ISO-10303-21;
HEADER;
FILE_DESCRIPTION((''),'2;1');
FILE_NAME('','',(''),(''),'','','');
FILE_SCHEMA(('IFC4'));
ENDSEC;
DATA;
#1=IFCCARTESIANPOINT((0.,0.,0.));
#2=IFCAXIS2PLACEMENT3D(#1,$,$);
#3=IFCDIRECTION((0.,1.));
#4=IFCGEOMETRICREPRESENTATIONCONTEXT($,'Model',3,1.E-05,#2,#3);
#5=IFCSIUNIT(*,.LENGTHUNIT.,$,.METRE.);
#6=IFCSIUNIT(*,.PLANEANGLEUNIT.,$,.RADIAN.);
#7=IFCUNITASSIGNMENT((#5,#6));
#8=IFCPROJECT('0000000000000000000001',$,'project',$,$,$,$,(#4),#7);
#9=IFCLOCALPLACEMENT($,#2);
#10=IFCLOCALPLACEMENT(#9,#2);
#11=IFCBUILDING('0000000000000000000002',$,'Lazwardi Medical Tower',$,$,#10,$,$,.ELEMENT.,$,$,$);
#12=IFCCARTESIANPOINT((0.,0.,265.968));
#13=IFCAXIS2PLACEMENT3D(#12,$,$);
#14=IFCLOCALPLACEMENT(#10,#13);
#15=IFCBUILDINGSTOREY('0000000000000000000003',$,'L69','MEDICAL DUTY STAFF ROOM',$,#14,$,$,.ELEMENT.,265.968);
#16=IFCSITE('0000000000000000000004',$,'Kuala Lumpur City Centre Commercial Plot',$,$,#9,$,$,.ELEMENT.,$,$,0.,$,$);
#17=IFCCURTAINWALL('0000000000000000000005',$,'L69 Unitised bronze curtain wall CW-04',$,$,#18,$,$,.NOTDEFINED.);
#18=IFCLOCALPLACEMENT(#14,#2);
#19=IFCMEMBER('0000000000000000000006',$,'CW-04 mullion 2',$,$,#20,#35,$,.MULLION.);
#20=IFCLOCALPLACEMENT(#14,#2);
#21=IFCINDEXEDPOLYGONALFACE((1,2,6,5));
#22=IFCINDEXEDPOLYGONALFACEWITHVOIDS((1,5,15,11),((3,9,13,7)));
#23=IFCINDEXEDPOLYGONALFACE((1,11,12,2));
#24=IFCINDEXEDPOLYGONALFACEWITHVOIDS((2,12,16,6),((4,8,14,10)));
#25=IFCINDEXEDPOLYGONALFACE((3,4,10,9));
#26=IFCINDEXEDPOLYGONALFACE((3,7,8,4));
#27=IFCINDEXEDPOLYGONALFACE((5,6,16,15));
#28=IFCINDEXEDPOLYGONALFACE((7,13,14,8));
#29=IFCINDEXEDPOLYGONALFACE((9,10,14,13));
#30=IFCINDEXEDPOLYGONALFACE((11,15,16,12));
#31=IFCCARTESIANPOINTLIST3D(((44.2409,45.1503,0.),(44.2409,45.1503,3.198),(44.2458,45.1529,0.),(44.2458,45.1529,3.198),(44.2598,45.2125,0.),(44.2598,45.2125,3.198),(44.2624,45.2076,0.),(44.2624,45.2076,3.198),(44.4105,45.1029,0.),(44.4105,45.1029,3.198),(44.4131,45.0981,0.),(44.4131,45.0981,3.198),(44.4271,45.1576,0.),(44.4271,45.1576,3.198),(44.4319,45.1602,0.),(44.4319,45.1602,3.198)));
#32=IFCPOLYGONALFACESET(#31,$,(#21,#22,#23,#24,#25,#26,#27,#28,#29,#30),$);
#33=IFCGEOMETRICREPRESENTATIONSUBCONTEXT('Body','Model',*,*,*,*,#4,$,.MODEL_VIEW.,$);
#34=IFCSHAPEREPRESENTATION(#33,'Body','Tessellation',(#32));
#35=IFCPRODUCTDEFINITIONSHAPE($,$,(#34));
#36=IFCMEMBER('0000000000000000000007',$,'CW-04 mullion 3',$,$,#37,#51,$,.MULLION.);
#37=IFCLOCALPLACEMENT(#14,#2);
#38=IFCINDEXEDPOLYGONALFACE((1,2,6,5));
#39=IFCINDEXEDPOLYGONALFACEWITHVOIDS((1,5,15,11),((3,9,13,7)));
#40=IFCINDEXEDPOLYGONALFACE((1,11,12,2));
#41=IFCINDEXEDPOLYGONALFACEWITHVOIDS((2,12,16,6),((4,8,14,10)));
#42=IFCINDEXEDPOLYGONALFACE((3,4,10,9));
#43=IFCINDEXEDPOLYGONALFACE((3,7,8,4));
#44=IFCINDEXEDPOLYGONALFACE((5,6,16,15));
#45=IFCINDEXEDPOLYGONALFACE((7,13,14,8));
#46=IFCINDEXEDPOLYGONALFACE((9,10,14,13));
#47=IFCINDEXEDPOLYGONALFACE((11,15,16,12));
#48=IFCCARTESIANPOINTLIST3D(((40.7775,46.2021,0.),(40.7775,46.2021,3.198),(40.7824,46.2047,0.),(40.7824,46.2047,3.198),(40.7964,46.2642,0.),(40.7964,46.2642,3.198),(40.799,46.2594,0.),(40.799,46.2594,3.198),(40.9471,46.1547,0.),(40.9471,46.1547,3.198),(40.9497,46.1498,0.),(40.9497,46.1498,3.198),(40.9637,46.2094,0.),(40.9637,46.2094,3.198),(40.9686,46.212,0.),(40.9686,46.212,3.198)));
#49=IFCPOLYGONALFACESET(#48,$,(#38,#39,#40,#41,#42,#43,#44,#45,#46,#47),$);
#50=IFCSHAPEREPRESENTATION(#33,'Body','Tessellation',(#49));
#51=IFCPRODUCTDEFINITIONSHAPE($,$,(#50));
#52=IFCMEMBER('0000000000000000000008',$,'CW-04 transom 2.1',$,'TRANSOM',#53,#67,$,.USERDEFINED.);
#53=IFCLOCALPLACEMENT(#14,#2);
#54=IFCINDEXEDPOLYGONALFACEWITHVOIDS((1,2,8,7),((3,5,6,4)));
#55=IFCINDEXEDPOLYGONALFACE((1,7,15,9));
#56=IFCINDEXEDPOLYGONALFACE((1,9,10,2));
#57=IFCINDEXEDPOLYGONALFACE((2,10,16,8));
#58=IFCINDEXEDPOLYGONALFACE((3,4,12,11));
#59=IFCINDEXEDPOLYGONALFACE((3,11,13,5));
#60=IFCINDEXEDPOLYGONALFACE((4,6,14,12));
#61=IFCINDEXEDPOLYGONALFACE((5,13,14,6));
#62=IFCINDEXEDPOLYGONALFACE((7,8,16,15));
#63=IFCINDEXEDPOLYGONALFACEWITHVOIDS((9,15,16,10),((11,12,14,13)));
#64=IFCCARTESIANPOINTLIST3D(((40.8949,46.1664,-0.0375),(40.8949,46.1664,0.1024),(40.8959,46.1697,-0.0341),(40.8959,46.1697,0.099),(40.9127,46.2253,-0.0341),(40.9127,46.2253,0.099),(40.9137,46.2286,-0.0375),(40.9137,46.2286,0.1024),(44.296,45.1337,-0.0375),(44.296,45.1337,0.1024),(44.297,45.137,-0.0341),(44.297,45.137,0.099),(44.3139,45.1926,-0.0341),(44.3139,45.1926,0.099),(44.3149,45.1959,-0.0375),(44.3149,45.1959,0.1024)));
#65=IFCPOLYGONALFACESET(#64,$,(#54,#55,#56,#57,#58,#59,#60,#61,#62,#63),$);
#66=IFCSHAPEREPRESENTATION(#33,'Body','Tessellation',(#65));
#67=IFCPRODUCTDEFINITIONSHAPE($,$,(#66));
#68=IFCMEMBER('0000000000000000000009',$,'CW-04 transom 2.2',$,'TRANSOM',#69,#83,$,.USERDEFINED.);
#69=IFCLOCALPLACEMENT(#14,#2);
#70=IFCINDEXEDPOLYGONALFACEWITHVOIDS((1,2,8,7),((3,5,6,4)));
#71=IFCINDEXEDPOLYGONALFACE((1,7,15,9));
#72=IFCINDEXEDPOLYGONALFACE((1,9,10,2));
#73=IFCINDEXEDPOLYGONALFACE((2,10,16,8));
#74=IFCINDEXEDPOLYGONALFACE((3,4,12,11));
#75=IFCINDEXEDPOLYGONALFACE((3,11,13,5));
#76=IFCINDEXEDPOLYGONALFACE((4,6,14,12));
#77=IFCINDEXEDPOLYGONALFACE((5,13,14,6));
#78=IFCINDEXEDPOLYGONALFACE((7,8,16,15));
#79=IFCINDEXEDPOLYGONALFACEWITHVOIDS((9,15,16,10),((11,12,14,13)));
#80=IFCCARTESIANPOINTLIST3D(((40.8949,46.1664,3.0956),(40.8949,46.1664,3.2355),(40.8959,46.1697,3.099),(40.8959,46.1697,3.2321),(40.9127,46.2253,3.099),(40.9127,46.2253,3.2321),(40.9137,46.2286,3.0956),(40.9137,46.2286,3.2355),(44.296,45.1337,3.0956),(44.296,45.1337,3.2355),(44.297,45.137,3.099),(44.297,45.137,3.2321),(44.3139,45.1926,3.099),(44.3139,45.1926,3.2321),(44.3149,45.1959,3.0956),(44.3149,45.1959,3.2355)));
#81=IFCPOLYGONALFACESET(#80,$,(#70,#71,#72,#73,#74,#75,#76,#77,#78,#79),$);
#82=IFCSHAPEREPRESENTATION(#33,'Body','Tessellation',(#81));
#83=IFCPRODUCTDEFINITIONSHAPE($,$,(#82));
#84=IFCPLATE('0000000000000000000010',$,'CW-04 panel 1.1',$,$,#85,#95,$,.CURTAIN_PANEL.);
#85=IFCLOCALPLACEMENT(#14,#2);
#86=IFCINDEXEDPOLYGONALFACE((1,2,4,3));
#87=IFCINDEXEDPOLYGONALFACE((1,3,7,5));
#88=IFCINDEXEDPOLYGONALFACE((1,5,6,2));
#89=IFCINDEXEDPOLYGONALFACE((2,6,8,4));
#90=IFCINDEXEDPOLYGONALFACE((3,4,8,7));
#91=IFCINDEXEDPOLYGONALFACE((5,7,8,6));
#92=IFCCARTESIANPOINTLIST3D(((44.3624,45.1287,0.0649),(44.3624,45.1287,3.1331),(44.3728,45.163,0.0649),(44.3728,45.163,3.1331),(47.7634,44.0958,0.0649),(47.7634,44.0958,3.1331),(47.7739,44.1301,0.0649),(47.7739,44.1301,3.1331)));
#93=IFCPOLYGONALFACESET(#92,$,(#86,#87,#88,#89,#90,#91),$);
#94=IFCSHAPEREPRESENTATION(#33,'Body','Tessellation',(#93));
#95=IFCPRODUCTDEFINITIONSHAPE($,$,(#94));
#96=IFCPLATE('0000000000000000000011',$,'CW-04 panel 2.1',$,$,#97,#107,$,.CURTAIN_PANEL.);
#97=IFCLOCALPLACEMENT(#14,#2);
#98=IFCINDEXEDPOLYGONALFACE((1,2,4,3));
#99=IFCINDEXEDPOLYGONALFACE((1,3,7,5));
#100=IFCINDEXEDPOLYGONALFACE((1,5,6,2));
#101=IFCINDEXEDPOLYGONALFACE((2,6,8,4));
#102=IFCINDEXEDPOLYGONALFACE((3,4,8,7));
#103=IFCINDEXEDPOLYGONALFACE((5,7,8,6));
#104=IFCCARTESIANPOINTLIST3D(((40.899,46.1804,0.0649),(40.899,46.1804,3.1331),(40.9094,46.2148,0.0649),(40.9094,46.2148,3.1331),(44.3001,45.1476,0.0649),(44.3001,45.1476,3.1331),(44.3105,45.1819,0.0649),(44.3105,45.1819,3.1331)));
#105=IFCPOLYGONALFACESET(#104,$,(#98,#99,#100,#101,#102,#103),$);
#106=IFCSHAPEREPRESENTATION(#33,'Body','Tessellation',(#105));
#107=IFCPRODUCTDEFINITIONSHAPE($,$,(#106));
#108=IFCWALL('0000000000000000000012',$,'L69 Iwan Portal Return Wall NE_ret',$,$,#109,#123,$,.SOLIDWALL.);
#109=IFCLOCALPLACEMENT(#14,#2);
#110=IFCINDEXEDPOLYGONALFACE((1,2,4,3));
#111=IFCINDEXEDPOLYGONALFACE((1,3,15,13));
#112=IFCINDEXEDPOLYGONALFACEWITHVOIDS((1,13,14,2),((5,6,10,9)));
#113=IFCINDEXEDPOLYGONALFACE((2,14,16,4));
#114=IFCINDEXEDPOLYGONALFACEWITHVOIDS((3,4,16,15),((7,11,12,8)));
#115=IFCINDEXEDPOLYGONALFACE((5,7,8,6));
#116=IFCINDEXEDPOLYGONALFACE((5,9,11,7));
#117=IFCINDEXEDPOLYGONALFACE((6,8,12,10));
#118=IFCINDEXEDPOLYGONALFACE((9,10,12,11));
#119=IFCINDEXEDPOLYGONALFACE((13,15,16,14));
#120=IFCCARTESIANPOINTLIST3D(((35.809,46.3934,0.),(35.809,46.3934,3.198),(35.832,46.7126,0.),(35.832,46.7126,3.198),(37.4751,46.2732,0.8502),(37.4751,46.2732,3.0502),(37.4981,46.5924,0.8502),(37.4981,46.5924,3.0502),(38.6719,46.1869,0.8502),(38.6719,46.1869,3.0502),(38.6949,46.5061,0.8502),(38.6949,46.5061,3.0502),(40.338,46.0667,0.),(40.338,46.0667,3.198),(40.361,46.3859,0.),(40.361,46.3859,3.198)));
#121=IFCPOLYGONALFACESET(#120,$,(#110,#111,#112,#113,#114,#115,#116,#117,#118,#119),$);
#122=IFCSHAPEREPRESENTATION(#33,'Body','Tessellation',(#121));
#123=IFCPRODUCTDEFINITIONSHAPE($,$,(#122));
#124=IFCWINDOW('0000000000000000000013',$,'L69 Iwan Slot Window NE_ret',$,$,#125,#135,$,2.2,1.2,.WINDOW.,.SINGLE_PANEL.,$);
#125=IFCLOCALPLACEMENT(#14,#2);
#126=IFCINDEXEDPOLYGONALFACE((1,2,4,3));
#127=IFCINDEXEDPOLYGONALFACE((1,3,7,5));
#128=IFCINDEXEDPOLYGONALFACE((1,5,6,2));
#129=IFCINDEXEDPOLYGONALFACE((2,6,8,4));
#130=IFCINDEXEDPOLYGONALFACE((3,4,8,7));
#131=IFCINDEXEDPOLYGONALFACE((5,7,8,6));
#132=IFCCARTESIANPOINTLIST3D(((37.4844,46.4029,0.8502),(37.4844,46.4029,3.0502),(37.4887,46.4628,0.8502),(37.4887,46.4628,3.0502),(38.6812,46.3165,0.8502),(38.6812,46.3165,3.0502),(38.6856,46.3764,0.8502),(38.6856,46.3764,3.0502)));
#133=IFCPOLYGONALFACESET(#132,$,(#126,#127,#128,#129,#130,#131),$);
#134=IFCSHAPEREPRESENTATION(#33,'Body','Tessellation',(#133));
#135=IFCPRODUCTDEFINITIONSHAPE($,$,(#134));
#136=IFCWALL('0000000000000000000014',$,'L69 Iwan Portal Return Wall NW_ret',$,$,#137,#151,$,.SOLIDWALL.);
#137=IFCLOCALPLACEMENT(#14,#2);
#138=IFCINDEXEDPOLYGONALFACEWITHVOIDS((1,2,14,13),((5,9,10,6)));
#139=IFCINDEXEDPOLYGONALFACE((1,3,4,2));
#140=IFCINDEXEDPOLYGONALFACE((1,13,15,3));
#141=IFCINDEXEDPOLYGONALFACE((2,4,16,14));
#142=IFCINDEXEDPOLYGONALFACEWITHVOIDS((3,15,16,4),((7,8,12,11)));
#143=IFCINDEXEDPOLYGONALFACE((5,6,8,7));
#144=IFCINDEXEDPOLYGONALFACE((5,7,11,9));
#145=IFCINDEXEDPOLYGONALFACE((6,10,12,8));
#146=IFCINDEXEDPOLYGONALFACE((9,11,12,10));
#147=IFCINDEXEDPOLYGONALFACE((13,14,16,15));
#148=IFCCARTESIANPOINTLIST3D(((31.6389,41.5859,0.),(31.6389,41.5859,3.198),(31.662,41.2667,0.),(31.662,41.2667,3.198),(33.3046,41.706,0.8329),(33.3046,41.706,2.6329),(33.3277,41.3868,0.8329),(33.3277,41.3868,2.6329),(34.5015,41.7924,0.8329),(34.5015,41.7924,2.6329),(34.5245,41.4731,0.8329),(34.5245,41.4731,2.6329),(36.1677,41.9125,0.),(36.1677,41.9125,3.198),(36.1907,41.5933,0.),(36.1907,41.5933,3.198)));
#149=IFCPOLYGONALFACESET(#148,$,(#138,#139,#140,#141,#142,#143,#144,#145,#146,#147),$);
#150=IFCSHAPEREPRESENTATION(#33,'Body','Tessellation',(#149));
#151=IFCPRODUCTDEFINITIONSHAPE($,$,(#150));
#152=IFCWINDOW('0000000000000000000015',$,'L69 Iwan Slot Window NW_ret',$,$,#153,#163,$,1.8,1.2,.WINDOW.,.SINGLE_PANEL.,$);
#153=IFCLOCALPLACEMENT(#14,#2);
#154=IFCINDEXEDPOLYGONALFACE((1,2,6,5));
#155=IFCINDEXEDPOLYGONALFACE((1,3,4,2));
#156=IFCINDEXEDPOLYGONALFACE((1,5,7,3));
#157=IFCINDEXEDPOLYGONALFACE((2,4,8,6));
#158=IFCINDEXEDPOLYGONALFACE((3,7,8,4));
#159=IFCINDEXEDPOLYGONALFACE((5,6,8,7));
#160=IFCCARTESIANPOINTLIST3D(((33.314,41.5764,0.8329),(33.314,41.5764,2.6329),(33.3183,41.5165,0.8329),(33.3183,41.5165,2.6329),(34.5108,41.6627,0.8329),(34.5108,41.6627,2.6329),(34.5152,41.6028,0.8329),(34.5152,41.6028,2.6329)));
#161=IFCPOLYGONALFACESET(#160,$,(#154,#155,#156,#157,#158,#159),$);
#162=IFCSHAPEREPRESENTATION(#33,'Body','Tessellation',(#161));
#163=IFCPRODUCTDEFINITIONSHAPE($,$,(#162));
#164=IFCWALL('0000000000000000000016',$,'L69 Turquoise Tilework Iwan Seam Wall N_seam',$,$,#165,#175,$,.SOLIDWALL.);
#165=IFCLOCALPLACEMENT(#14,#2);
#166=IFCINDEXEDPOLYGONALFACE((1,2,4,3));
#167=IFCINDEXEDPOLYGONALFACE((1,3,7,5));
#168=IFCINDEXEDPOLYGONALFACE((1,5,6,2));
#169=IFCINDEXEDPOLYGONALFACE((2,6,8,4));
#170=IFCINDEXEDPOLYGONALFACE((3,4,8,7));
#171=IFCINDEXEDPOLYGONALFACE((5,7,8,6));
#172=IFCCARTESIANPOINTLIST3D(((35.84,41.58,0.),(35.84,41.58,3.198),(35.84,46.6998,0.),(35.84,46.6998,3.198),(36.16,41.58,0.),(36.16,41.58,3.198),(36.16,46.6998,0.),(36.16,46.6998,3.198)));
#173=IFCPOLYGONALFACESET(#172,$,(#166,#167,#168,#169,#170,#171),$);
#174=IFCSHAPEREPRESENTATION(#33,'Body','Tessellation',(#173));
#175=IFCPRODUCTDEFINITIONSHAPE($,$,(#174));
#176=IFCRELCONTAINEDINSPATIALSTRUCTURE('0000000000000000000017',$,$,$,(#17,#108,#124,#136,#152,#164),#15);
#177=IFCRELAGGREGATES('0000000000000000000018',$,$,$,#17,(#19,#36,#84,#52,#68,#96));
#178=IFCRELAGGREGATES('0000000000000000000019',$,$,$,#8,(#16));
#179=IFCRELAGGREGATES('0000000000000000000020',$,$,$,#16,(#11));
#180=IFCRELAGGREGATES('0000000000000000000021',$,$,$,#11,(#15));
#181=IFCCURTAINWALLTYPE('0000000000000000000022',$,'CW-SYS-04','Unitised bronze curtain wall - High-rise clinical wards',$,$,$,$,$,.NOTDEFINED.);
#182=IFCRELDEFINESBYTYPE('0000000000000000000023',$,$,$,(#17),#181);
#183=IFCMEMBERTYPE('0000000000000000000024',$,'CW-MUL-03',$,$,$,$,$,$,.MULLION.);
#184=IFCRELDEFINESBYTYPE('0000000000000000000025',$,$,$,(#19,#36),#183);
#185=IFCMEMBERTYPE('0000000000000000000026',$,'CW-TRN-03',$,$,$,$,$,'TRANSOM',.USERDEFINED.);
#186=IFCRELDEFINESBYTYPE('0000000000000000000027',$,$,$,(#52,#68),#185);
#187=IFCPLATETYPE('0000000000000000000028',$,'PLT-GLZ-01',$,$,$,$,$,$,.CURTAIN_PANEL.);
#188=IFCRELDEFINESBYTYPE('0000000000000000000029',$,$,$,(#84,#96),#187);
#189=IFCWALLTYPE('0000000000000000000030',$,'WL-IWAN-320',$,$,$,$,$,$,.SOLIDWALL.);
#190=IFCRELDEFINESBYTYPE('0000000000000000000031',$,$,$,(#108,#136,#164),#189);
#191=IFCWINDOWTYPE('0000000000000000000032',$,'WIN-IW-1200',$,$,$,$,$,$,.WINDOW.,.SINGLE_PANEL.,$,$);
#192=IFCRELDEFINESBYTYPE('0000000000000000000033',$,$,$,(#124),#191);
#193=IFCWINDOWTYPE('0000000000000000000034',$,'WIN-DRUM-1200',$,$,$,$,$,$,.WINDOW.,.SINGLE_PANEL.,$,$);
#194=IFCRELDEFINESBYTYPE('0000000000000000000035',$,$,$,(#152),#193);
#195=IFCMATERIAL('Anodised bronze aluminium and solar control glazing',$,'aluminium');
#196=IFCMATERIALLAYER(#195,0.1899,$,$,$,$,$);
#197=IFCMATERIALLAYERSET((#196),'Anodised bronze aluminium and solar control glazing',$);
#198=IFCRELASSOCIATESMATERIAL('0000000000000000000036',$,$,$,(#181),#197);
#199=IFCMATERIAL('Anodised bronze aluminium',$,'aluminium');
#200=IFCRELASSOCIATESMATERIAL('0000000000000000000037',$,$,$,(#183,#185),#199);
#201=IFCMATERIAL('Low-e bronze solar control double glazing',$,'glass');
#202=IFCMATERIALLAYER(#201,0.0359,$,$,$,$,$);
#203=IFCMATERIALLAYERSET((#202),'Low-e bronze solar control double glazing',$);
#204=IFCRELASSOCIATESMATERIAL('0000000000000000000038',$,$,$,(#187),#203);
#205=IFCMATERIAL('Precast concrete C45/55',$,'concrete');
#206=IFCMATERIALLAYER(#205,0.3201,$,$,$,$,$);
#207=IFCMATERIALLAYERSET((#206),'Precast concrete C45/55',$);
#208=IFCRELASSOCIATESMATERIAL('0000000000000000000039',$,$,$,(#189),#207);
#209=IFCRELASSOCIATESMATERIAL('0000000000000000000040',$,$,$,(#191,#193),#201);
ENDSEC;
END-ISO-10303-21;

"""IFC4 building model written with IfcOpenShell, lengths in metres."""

from ifc_helpers import new_model, si_unit, direction, frame, frame_2d, origin, origin_2d, place, context, subcontext, project, spatial, rectangle, hollow_rectangle, extrude, material, layer, layer_set, material_profile, profile_set, type_object, element, fill, aggregate, save


model = new_model("IFC4")

# Units and contexts
model_context = context("Model", 3, precision=1e-05, world=origin(), true_north=direction((0.0, 1.0)))
body_context = subcontext(model_context, "Body", "Model", "MODEL_VIEW")
ifc_project = project(units=[si_unit("LENGTHUNIT", "METRE"), si_unit("PLANEANGLEUNIT", "RADIAN")], contexts=[model_context])

# Site, building, storey
site_placement = place(None, origin())
site = spatial("IfcSite", under=ifc_project, at=site_placement, Name="Kuala Lumpur City Centre Commercial Plot", CompositionType="ELEMENT", RefElevation=0.0)
building_placement = place(site_placement, origin())
building = spatial("IfcBuilding", under=site, at=building_placement, Name="Lazwardi Medical Tower", CompositionType="ELEMENT")
storey_placement = place(building_placement, frame((0.0, 0.0, 265.968)))
storey = spatial("IfcBuildingStorey", under=building, at=storey_placement, Name="L69", Description="MEDICAL DUTY STAFF ROOM", CompositionType="ELEMENT", Elevation=265.968)

# Curtain wall, members, plates
ifc_material_1 = material(Name="Anodised bronze aluminium and solar control glazing", Category="aluminium")
ifc_layer_1 = layer(ifc_material_1, 0.1899)
ifc_layer_set_1 = layer_set([ifc_layer_1], Name="Anodised bronze aluminium and solar control glazing")
curtain_wall_type = type_object("IfcCurtainWallType", Name="CW-SYS-04", Description="Unitised bronze curtain wall - High-rise clinical wards", PredefinedType="NOTDEFINED", material=ifc_layer_set_1)
curtain_wall_placement = place(storey_placement, origin())
curtain_wall = element("IfcCurtainWall", 1, at=curtain_wall_placement, inside=storey, type_object=curtain_wall_type, Name="L69 Unitised bronze curtain wall CW-04", PredefinedType="NOTDEFINED")
ifc_material_2 = material(Name="Anodised bronze aluminium", Category="aluminium")
ifc_material_profile_1 = material_profile(ifc_material_2, hollow_rectangle(XDim=0.0649, YDim=0.1799, WallThickness=0.0039, at=origin_2d()), Name="ALU-MULLION 180x65x4")
ifc_profile_set_1 = profile_set([ifc_material_profile_1], Name="Anodised bronze aluminium")
member_type_1 = type_object("IfcMemberType", Name="CW-MUL-03", PredefinedType="MULLION", material=ifc_profile_set_1)
member_1_placement = place(storey_placement, frame((44.3364, 45.1553, 0.0), z_axis=(0.0, 0.0, 1.0), x_axis=(-0.290582, -0.95685, 0.0)))
member_1 = element("IfcMember", 2, at=member_1_placement, type_object=member_type_1, Name="CW-04 mullion 2", PredefinedType="MULLION", context=body_context, shape_type="SweptSolid", body=[
    extrude(hollow_rectangle(XDim=0.0649, YDim=0.1799, WallThickness=0.0039, at=origin_2d()), origin(), (0.0, 0.0, 1.0), 3.198),
])
member_2_placement = place(storey_placement, frame((40.873, 46.207, 0.0), z_axis=(0.0, 0.0, 1.0), x_axis=(-0.290582, -0.95685, 0.0)))
member_2 = element("IfcMember", 3, at=member_2_placement, type_object=member_type_1, Name="CW-04 mullion 3", PredefinedType="MULLION", context=body_context, shape_type="SweptSolid", body=[
    extrude(hollow_rectangle(XDim=0.0649, YDim=0.1799, WallThickness=0.0039, at=origin_2d()), origin(), (0.0, 0.0, 1.0), 3.198),
])
ifc_material_profile_2 = material_profile(ifc_material_2, hollow_rectangle(XDim=0.0649, YDim=0.1399, WallThickness=0.0034, at=origin_2d()), Name="ALU-TRANSOM 140x65x3.5")
ifc_profile_set_2 = profile_set([ifc_material_profile_2], Name="Anodised bronze aluminium")
member_type_2 = type_object("IfcMemberType", Name="CW-TRN-03", ElementType="TRANSOM", PredefinedType="USERDEFINED", material=ifc_profile_set_2)
member_3_placement = place(storey_placement, frame((44.3054, 45.1648, 0.0325), z_axis=(-0.956863, 0.290541, 0.0), x_axis=(-0.290541, -0.956863, 0.0)))
member_3 = element("IfcMember", 4, at=member_3_placement, type_object=member_type_2, Name="CW-04 transom 2.1", ObjectType="TRANSOM", PredefinedType="USERDEFINED", context=body_context, shape_type="SweptSolid", body=[
    extrude(hollow_rectangle(XDim=0.0649, YDim=0.1399, WallThickness=0.0034, at=origin_2d()), origin(), (0.0, 0.0, 1.0), 3.5544),
])
member_4_placement = place(storey_placement, frame((44.3054, 45.1648, 3.1655), z_axis=(-0.956863, 0.290541, 0.0), x_axis=(-0.290541, -0.956863, 0.0)))
member_4 = element("IfcMember", 5, at=member_4_placement, type_object=member_type_2, Name="CW-04 transom 2.2", ObjectType="TRANSOM", PredefinedType="USERDEFINED", context=body_context, shape_type="SweptSolid", body=[
    extrude(hollow_rectangle(XDim=0.0649, YDim=0.1399, WallThickness=0.0034, at=origin_2d()), origin(), (0.0, 0.0, 1.0), 3.5544),
])
ifc_material_3 = material(Name="Low-e bronze solar control double glazing", Category="glass")
ifc_layer_2 = layer(ifc_material_3, 0.0359)
ifc_layer_set_2 = layer_set([ifc_layer_2], Name="Low-e bronze solar control double glazing")
plate_type = type_object("IfcPlateType", Name="PLT-GLZ-01", PredefinedType="CURTAIN_PANEL", material=ifc_layer_set_2)
plate_1_placement = place(storey_placement, frame((46.0681, 44.6294, 0.0649), z_axis=(0.0, 0.0, 1.0), x_axis=(-0.95685, 0.290582, 0.0)))
plate_1 = element("IfcPlate", 6, at=plate_1_placement, type_object=plate_type, Name="CW-04 panel 1.1", PredefinedType="CURTAIN_PANEL", context=body_context, shape_type="SweptSolid", body=[
    extrude(rectangle(XDim=3.5544, YDim=0.0359, at=origin_2d()), origin(), (0.0, 0.0, 1.0), 3.0681),
])
plate_2_placement = place(storey_placement, frame((42.6047, 45.6812, 0.0649), z_axis=(0.0, 0.0, 1.0), x_axis=(-0.95685, 0.290582, 0.0)))
plate_2 = element("IfcPlate", 7, at=plate_2_placement, type_object=plate_type, Name="CW-04 panel 2.1", PredefinedType="CURTAIN_PANEL", context=body_context, shape_type="SweptSolid", body=[
    extrude(rectangle(XDim=3.5544, YDim=0.0359, at=origin_2d()), origin(), (0.0, 0.0, 1.0), 3.0681),
])
aggregate(curtain_wall, [member_1, member_2, plate_1, member_3, member_4, plate_2])

# Walls, openings, windows
ifc_material_4 = material(Name="Precast concrete C45/55", Category="concrete")
ifc_layer_3 = layer(ifc_material_4, 0.3201)
ifc_layer_set_3 = layer_set([ifc_layer_3], Name="Precast concrete C45/55")
wall_type_1 = type_object("IfcWallType", Name="WL-IWAN-320", PredefinedType="SOLIDWALL", material=ifc_layer_set_3)
wall_1_placement = place(storey_placement, frame((40.3496, 46.2263, 0.0), z_axis=(0.0, 0.0, 1.0), x_axis=(-0.997409, 0.071939, 0.0)))
wall_1 = element("IfcWall", 8, at=wall_1_placement, inside=storey, type_object=wall_type_1, Name="L69 Iwan Portal Return Wall NE_ret", PredefinedType="SOLIDWALL", context=body_context, shape_type="SweptSolid", body=[
    extrude(rectangle(XDim=4.5408, YDim=0.3201, at=frame_2d((2.2705, 0.0))), origin(), (0.0, 0.0, 1.0), 3.198),
])
opening_1_placement = place(wall_1_placement, frame((1.6704, 0.0, 0.8501)))
opening_1 = element("IfcOpeningElement", 9, at=opening_1_placement, cuts=wall_1, PredefinedType="OPENING", context=body_context, shape_type="SweptSolid", body=[
    extrude(rectangle(XDim=1.2, YDim=2.2, at=frame_2d((0.6001, 1.1001))), frame((0.0, 0.1699, 0.0), z_axis=(0.0, -1.0, 0.0), x_axis=(1.0, 0.0, 0.0)), (0.0, 0.0, 1.0), 0.3401),
])
window_type_1 = type_object("IfcWindowType", Name="WIN-IW-1200", PartitioningType="SINGLE_PANEL", PredefinedType="WINDOW", material=ifc_material_3)
window_1_placement = place(opening_1_placement, origin())
window_1 = element("IfcWindow", 10, at=window_1_placement, inside=storey, type_object=window_type_1, Name="L69 Iwan Slot Window NE_ret", OverallHeight=2.2, OverallWidth=1.2, PartitioningType="SINGLE_PANEL", PredefinedType="WINDOW", context=body_context, shape_type="SweptSolid", body=[
    extrude(rectangle(XDim=1.2, YDim=2.2, at=frame_2d((0.6001, 1.1001))), frame((0.0, 0.03, 0.0), z_axis=(0.0, -1.0, 0.0), x_axis=(1.0, 0.0, 0.0)), (0.0, 0.0, 1.0), 0.0601),
])
fill(opening_1, window_1)
wall_2_placement = place(storey_placement, frame((36.1792, 41.7529, 0.0), z_axis=(0.0, 0.0, 1.0), x_axis=(-0.997409, -0.071942, 0.0)))
wall_2 = element("IfcWall", 11, at=wall_2_placement, inside=storey, type_object=wall_type_1, Name="L69 Iwan Portal Return Wall NW_ret", PredefinedType="SOLIDWALL", context=body_context, shape_type="SweptSolid", body=[
    extrude(rectangle(XDim=4.5405, YDim=0.3201, at=frame_2d((2.2703, 0.0))), origin(), (0.0, 0.0, 1.0), 3.198),
])
opening_2_placement = place(wall_2_placement, frame((1.6704, 0.0, 0.833)))
opening_2 = element("IfcOpeningElement", 12, at=opening_2_placement, cuts=wall_2, PredefinedType="OPENING", context=body_context, shape_type="SweptSolid", body=[
    extrude(rectangle(XDim=1.2, YDim=1.8, at=frame_2d((0.6001, 0.8999))), frame((0.0, 0.1699, 0.0), z_axis=(0.0, -1.0, 0.0), x_axis=(1.0, 0.0, 0.0)), (0.0, 0.0, 1.0), 0.3401),
])
window_type_2 = type_object("IfcWindowType", Name="WIN-DRUM-1200", PartitioningType="SINGLE_PANEL", PredefinedType="WINDOW", material=ifc_material_3)
window_2_placement = place(opening_2_placement, origin())
window_2 = element("IfcWindow", 13, at=window_2_placement, inside=storey, type_object=window_type_2, Name="L69 Iwan Slot Window NW_ret", OverallHeight=1.8, OverallWidth=1.2, PartitioningType="SINGLE_PANEL", PredefinedType="WINDOW", context=body_context, shape_type="SweptSolid", body=[
    extrude(rectangle(XDim=1.2, YDim=1.8, at=frame_2d((0.6001, 0.8999))), frame((0.0, 0.03, 0.0), z_axis=(0.0, -1.0, 0.0), x_axis=(1.0, 0.0, 0.0)), (0.0, 0.0, 1.0), 0.0601),
])
fill(opening_2, window_2)

# Wall
wall_3_placement = place(storey_placement, frame((36.0, 46.7, 0.0), z_axis=(0.0, 0.0, 1.0), x_axis=(0.0, -1.0, 0.0)))
element("IfcWall", 14, at=wall_3_placement, inside=storey, type_object=wall_type_1, Name="L69 Turquoise Tilework Iwan Seam Wall N_seam", PredefinedType="SOLIDWALL", context=body_context, shape_type="SweptSolid", body=[
    extrude(rectangle(XDim=5.1199, YDim=0.3201, at=frame_2d((2.5601, 0.0))), origin(), (0.0, 0.0, 1.0), 3.198),
])

save(model, "model.ifc")
